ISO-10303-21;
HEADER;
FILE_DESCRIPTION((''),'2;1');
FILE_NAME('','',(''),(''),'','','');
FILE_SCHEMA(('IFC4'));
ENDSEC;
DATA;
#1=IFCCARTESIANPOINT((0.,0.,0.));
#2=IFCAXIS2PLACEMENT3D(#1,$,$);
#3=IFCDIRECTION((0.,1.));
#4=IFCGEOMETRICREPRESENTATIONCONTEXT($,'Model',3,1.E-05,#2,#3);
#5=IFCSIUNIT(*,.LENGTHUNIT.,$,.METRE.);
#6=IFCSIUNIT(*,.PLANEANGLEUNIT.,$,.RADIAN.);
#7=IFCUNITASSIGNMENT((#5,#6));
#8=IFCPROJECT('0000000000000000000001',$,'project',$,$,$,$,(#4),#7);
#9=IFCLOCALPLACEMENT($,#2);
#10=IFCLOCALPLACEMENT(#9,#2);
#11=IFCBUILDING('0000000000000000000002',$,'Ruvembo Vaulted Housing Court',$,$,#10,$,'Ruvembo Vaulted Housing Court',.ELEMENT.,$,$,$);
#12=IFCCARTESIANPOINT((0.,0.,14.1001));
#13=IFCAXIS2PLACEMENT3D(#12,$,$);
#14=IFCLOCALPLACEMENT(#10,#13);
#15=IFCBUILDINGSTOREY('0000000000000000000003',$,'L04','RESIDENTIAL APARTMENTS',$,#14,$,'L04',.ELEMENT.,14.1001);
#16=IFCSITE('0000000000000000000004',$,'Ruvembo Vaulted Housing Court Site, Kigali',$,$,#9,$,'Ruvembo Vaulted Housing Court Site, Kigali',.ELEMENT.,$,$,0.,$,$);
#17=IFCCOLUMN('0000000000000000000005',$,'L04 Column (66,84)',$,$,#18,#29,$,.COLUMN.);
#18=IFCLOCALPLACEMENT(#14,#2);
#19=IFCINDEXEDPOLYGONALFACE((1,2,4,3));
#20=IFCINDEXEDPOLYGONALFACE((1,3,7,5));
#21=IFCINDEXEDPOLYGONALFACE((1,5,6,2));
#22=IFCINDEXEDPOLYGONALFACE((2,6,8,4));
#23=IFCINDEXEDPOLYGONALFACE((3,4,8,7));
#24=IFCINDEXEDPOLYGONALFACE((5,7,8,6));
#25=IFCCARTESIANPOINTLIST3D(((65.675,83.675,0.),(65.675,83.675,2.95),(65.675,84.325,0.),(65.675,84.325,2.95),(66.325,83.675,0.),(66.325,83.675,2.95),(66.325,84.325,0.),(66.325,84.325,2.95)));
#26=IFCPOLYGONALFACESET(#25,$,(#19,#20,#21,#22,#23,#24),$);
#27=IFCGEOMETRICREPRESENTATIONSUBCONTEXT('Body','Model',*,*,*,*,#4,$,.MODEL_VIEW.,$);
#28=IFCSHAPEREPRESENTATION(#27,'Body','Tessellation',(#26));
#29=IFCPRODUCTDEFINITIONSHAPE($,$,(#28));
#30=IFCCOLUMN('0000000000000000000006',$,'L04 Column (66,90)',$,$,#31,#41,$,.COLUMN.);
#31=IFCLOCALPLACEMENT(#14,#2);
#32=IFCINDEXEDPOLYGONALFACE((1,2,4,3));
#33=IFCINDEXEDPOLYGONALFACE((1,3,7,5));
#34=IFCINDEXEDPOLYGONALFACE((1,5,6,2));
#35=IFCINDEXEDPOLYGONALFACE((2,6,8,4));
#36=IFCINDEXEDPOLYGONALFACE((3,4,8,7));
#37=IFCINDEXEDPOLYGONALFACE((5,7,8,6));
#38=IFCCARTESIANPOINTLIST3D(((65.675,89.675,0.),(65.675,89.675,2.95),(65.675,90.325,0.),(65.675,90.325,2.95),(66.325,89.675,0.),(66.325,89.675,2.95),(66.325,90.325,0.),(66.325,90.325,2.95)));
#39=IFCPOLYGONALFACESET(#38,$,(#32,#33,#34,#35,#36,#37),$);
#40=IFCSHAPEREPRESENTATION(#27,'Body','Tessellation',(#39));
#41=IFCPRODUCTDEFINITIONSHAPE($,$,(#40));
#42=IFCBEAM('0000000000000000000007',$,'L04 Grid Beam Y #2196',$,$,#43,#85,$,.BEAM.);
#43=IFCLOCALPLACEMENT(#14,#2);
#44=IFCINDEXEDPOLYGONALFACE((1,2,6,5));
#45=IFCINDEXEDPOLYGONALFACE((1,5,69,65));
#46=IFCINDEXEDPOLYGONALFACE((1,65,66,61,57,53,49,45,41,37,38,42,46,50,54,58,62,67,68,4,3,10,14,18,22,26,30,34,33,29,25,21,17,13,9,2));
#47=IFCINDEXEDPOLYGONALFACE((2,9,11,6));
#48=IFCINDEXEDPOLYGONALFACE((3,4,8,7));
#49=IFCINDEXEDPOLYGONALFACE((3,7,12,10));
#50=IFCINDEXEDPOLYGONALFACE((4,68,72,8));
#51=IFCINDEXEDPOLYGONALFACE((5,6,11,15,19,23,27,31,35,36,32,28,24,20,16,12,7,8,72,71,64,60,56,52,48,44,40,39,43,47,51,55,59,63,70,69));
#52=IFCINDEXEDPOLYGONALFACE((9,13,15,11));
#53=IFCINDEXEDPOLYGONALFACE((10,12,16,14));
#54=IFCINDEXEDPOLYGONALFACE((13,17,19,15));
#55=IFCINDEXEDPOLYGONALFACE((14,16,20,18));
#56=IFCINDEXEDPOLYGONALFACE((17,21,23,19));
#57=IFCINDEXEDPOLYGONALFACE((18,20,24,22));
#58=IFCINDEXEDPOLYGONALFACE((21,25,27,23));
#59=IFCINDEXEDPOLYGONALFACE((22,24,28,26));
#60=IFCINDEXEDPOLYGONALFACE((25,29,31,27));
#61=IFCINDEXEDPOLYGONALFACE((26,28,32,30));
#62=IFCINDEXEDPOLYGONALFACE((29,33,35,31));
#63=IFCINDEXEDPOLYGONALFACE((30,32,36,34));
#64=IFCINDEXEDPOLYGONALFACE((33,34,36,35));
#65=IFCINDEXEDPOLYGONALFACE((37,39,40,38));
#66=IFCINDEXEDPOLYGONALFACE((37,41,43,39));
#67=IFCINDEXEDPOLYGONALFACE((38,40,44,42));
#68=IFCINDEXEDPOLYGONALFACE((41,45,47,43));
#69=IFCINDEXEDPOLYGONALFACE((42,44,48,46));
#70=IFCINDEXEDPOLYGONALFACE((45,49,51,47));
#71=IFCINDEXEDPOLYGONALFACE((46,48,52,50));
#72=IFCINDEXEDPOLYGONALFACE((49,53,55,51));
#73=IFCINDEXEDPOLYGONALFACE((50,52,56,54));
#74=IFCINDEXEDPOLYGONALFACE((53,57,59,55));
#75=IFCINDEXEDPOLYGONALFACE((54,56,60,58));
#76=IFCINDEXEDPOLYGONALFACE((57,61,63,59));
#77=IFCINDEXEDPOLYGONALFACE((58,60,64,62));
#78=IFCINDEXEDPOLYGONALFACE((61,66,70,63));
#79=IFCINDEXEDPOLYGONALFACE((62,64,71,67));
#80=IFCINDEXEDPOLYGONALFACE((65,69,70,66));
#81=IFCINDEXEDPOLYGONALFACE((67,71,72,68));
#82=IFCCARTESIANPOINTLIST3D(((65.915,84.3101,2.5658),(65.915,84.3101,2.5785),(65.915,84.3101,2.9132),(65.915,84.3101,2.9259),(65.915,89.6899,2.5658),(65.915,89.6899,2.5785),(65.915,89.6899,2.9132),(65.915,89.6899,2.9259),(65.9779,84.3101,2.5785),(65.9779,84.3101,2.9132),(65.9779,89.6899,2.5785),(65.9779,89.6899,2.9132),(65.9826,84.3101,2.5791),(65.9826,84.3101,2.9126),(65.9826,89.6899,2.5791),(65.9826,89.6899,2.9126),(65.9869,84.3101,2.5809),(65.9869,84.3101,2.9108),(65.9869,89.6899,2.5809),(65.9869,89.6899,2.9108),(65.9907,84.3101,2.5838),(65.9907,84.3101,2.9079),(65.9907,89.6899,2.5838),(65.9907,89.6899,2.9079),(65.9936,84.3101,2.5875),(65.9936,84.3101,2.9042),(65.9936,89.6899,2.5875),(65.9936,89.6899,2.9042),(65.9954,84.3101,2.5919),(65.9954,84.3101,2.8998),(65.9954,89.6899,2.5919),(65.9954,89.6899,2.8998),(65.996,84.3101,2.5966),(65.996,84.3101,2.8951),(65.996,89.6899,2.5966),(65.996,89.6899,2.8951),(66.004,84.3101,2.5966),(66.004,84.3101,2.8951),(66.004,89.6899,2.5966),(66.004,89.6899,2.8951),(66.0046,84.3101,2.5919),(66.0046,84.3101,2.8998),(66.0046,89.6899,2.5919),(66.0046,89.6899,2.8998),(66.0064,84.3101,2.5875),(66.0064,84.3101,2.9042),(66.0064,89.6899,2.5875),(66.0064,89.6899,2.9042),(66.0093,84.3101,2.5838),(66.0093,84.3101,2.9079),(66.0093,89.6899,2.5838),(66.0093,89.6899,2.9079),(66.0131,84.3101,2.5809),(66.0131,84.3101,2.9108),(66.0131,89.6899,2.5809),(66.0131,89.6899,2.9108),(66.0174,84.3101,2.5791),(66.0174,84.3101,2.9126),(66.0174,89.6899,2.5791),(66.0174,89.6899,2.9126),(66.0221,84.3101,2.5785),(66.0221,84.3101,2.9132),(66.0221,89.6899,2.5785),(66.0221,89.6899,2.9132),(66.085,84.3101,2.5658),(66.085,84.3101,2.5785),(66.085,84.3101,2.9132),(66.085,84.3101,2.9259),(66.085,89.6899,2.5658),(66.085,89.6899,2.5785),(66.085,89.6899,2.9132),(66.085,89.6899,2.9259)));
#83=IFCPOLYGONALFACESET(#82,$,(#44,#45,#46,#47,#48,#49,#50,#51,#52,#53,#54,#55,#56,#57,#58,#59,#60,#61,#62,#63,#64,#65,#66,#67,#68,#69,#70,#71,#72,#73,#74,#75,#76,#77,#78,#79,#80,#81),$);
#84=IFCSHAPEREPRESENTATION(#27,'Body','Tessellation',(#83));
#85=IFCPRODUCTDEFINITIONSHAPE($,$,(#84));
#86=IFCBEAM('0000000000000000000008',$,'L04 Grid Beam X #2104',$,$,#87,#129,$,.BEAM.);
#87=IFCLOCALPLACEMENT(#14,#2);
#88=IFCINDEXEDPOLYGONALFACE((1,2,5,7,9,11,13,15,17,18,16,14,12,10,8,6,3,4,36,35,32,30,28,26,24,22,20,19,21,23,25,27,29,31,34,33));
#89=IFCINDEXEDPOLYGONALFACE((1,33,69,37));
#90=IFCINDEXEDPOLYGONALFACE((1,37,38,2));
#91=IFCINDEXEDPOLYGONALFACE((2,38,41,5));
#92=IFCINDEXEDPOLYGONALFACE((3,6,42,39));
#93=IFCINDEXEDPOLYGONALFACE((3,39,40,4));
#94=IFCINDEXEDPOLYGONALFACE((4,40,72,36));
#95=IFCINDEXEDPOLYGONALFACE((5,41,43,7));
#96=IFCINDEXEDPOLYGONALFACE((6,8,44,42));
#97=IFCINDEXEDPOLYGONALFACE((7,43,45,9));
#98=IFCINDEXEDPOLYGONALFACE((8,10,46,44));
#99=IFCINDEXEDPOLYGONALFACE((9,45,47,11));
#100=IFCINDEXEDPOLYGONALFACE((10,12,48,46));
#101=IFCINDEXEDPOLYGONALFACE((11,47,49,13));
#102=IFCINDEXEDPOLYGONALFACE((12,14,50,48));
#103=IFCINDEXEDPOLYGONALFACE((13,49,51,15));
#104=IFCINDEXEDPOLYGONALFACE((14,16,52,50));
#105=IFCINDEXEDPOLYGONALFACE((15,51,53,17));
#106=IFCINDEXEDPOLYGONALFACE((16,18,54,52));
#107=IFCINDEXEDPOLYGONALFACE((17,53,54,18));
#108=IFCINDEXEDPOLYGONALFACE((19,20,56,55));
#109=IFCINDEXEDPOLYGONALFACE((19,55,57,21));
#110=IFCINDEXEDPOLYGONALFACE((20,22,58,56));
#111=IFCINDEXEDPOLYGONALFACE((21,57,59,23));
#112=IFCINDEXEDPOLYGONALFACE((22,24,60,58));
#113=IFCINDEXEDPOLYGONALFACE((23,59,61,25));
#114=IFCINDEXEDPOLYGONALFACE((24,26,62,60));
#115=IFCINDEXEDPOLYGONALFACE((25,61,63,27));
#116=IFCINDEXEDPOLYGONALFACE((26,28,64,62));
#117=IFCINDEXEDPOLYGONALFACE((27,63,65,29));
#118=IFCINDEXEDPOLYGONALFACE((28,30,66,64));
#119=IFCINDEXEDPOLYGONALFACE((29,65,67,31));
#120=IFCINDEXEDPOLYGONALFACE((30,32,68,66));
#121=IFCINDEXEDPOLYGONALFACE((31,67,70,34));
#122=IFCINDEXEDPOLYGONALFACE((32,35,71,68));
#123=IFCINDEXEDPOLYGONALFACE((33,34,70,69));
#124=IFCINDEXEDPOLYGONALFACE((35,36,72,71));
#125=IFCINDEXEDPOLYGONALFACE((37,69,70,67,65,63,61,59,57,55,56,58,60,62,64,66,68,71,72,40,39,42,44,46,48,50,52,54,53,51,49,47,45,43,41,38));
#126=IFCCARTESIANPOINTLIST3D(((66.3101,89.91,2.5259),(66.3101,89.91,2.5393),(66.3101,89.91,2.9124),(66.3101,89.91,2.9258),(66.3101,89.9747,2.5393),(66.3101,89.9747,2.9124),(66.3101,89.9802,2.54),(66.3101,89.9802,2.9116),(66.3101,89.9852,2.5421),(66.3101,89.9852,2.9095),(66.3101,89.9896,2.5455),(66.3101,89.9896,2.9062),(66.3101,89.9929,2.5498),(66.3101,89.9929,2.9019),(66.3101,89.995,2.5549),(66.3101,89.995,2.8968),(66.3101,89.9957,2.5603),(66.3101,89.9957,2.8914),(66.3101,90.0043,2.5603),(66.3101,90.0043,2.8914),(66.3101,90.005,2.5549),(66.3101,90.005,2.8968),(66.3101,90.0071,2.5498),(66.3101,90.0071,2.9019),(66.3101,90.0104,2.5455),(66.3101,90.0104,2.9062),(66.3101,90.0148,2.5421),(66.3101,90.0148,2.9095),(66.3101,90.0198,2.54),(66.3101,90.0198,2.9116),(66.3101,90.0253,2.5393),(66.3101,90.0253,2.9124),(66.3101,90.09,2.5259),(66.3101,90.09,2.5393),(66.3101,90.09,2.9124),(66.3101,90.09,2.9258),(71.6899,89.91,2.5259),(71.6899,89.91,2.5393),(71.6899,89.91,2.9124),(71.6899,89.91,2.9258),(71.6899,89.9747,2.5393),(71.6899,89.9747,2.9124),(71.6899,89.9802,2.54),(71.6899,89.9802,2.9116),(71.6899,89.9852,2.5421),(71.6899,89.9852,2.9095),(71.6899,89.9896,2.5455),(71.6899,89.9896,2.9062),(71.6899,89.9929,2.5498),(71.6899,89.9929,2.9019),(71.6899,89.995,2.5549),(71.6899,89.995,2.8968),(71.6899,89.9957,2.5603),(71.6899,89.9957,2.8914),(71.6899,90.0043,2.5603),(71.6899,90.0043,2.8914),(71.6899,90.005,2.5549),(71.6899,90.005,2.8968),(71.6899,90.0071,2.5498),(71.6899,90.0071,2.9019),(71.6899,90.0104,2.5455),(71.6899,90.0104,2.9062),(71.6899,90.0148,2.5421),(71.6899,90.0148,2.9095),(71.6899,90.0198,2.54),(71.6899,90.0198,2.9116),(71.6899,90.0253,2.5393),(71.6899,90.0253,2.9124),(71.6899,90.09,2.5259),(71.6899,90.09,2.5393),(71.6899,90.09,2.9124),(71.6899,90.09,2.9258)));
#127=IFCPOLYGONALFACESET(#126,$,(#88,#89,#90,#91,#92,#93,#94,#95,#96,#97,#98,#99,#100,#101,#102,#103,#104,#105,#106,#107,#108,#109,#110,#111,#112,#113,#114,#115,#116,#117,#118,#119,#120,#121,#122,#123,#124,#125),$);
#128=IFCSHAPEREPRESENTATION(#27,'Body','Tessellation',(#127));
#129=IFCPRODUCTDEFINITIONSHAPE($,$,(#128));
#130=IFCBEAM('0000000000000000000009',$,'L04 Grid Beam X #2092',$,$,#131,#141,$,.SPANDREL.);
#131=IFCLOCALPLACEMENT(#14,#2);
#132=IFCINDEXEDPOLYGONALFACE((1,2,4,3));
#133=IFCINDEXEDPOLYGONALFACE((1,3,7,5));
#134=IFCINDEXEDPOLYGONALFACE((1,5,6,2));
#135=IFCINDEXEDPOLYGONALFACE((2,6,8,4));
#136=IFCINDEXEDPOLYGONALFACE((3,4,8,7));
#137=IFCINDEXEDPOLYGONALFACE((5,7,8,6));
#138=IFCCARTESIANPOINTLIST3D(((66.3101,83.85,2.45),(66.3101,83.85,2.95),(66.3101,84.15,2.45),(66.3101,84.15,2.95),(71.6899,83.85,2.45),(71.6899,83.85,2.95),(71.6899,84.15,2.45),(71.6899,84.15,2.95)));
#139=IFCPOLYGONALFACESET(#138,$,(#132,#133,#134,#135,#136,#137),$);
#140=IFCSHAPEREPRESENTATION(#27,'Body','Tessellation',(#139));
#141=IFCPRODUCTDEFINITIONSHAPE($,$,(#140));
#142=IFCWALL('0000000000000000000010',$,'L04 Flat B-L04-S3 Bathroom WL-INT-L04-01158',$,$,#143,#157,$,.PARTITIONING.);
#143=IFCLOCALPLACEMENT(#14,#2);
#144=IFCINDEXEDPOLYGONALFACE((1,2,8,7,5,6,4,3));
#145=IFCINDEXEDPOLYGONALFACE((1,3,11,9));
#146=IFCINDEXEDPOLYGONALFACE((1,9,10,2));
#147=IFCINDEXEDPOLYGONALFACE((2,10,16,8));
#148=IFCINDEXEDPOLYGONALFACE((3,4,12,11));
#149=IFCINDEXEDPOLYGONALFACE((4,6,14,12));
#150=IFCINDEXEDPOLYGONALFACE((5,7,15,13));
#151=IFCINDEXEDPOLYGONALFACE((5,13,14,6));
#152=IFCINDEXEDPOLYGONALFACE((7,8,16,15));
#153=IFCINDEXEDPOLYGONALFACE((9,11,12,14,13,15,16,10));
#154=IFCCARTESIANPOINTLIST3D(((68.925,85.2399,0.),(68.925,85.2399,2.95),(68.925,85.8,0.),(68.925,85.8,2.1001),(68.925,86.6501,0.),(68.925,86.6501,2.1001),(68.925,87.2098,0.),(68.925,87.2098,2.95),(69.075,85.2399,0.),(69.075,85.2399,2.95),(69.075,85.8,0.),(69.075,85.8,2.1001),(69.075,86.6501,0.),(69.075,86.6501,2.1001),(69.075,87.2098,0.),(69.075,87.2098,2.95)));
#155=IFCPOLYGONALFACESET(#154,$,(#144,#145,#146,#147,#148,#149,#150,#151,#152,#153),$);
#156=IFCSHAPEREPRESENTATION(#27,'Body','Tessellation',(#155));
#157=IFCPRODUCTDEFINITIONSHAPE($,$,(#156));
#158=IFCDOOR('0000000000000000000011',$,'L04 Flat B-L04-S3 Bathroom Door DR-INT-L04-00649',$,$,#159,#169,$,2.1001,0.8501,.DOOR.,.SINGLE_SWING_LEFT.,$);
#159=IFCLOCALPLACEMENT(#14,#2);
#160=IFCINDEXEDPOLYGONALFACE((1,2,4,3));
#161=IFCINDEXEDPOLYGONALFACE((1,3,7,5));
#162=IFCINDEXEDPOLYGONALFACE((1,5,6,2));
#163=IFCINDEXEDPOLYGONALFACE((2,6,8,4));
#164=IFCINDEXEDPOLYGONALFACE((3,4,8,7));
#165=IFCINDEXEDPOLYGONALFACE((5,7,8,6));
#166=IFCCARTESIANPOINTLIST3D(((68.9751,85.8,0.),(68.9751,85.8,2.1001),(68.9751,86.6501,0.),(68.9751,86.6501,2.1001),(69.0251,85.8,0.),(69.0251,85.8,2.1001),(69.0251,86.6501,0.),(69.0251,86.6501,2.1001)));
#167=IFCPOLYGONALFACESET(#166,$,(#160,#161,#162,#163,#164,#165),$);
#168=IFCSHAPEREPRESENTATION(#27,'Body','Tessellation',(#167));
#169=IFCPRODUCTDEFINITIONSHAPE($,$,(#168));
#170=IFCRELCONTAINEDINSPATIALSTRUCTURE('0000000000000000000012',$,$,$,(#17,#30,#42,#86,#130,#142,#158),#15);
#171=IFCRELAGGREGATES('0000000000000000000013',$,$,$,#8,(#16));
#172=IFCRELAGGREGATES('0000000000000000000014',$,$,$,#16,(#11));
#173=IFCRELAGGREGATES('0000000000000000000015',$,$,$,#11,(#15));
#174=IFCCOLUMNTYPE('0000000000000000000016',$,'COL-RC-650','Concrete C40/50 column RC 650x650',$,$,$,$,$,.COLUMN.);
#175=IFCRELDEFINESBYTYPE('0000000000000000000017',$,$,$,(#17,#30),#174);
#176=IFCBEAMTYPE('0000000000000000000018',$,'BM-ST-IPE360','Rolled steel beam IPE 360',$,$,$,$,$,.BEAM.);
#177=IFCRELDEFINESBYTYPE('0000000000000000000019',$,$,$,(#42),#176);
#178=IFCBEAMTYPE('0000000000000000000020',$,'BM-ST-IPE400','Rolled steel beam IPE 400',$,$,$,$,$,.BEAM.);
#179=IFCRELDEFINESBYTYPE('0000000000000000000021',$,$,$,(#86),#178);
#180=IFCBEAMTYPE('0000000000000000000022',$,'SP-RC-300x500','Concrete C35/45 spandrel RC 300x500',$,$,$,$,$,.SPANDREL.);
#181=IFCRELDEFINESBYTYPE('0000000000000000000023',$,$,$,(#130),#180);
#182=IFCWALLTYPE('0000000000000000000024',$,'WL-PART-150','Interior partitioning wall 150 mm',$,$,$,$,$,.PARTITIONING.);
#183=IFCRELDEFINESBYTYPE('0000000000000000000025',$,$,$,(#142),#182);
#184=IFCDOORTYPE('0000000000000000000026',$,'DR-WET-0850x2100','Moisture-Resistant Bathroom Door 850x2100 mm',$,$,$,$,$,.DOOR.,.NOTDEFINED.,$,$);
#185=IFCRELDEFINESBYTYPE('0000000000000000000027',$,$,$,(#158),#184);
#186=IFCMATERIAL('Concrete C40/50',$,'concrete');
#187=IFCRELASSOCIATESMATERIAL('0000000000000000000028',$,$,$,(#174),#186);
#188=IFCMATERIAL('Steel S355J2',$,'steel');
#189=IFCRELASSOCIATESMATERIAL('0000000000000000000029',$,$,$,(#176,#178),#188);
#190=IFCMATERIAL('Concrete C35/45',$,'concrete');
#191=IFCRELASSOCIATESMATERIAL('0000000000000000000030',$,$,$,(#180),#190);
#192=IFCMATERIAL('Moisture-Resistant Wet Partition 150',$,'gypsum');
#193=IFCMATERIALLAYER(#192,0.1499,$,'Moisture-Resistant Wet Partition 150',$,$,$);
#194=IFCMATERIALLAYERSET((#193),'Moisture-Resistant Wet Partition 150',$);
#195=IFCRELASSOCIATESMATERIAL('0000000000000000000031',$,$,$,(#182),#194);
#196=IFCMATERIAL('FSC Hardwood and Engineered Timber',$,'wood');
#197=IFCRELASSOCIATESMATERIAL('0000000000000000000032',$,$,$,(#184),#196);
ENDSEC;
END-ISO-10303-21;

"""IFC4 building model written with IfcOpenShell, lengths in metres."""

from ifc_helpers import new_model, si_unit, direction, frame, frame_2d, origin, origin_2d, place, context, subcontext, project, spatial, rectangle, i_section, extrude, material, layer, layer_set, material_profile, profile_set, type_object, element, fill, save


model = new_model("IFC4")

# Units and contexts
model_context = context("Model", 3, precision=1e-05, world=origin(), true_north=direction((0.0, 1.0)))
body_context = subcontext(model_context, "Body", "Model", "MODEL_VIEW")
ifc_project = project(units=[si_unit("LENGTHUNIT", "METRE"), si_unit("PLANEANGLEUNIT", "RADIAN")], contexts=[model_context])

# Site, building, storey
site_placement = place(None, origin())
site = spatial("IfcSite", under=ifc_project, at=site_placement, Name="Ruvembo Vaulted Housing Court Site, Kigali", LongName="Ruvembo Vaulted Housing Court Site, Kigali", CompositionType="ELEMENT", RefElevation=0.0)
building_placement = place(site_placement, origin())
building = spatial("IfcBuilding", under=site, at=building_placement, Name="Ruvembo Vaulted Housing Court", LongName="Ruvembo Vaulted Housing Court", CompositionType="ELEMENT")
storey_placement = place(building_placement, frame((0.0, 0.0, 14.1001)))
storey = spatial("IfcBuildingStorey", under=building, at=storey_placement, Name="L04", Description="RESIDENTIAL APARTMENTS", LongName="L04", CompositionType="ELEMENT", Elevation=14.1001)

# Columns
ifc_material_1 = material(Name="Concrete C40/50", Category="concrete")
ifc_material_profile_1 = material_profile(ifc_material_1, rectangle(XDim=0.6499, YDim=0.6499, at=origin_2d()), Name="RC 650x650")
ifc_profile_set_1 = profile_set([ifc_material_profile_1], Name="Concrete C40/50")
column_type = type_object("IfcColumnType", Name="COL-RC-650", Description="Concrete C40/50 column RC 650x650", PredefinedType="COLUMN", material=ifc_profile_set_1)
for number, where, z_axis, x_axis, name in (
    (1, (66.0, 84.0, 0.0), (0.0, 0.0, 1.0), (1.0, 0.0, 0.0), "L04 Column (66,84)"),
    (2, (66.0, 90.0, 0.0), (0.0, 0.0, 1.0), (1.0, 0.0, 0.0), "L04 Column (66,90)"),
):
    element("IfcColumn", number, at=place(storey_placement, frame(where, z_axis=z_axis, x_axis=x_axis)), inside=storey, type_object=column_type, Name=name, PredefinedType="COLUMN", context=body_context, shape_type="SweptSolid", body=[
        extrude(rectangle(XDim=0.6499, YDim=0.6499, at=origin_2d()), origin(), (0.0, 0.0, 1.0), 2.95),
    ])

# Beams
ifc_material_2 = material(Name="Steel S355J2", Category="steel")
ifc_material_profile_2 = material_profile(ifc_material_2, i_section(OverallWidth=0.1699, OverallDepth=0.3601, WebThickness=0.0081, FlangeThickness=0.0127, FilletRadius=0.0181, at=origin_2d()), Name="IPE 360")
ifc_profile_set_2 = profile_set([ifc_material_profile_2], Name="Steel S355J2")
beam_type_1 = type_object("IfcBeamType", Name="BM-ST-IPE360", Description="Rolled steel beam IPE 360", PredefinedType="BEAM", material=ifc_profile_set_2)
beam_1_placement = place(storey_placement, frame((66.0, 84.3101, 2.7458), z_axis=(0.0, 1.0, 0.0), x_axis=(-1.0, 0.0, 0.0)))
element("IfcBeam", 3, at=beam_1_placement, inside=storey, type_object=beam_type_1, Name="L04 Grid Beam Y #2196", PredefinedType="BEAM", context=body_context, shape_type="SweptSolid", body=[
    extrude(i_section(OverallWidth=0.1699, OverallDepth=0.3601, WebThickness=0.0081, FlangeThickness=0.0127, FilletRadius=0.0181, at=origin_2d()), origin(), (0.0, 0.0, 1.0), 5.3799),
])
ifc_material_profile_3 = material_profile(ifc_material_2, i_section(OverallWidth=0.1799, OverallDepth=0.3999, WebThickness=0.0085, FlangeThickness=0.0134, FilletRadius=0.021, at=origin_2d()), Name="IPE 400")
ifc_profile_set_3 = profile_set([ifc_material_profile_3], Name="Steel S355J2")
beam_type_2 = type_object("IfcBeamType", Name="BM-ST-IPE400", Description="Rolled steel beam IPE 400", PredefinedType="BEAM", material=ifc_profile_set_3)
beam_2_placement = place(storey_placement, frame((66.3101, 90.0, 2.7258), z_axis=(1.0, 0.0, 0.0), x_axis=(0.0, 1.0, 0.0)))
element("IfcBeam", 4, at=beam_2_placement, inside=storey, type_object=beam_type_2, Name="L04 Grid Beam X #2104", PredefinedType="BEAM", context=body_context, shape_type="SweptSolid", body=[
    extrude(i_section(OverallWidth=0.1799, OverallDepth=0.3999, WebThickness=0.0085, FlangeThickness=0.0134, FilletRadius=0.021, at=origin_2d()), origin(), (0.0, 0.0, 1.0), 5.3799),
])
ifc_material_3 = material(Name="Concrete C35/45", Category="concrete")
ifc_material_profile_4 = material_profile(ifc_material_3, rectangle(XDim=0.3, YDim=0.5, at=origin_2d()), Name="RC 300x500")
ifc_profile_set_4 = profile_set([ifc_material_profile_4], Name="Concrete C35/45")
beam_type_3 = type_object("IfcBeamType", Name="SP-RC-300x500", Description="Concrete C35/45 spandrel RC 300x500", PredefinedType="SPANDREL", material=ifc_profile_set_4)
beam_3_placement = place(storey_placement, frame((66.3101, 84.0, 2.7), z_axis=(1.0, 0.0, 0.0), x_axis=(0.0, 1.0, 0.0)))
element("IfcBeam", 5, at=beam_3_placement, inside=storey, type_object=beam_type_3, Name="L04 Grid Beam X #2092", PredefinedType="SPANDREL", context=body_context, shape_type="SweptSolid", body=[
    extrude(rectangle(XDim=0.3, YDim=0.5, at=origin_2d()), origin(), (0.0, 0.0, 1.0), 5.3799),
])

# Wall, opening, door
ifc_material_4 = material(Name="FSC Hardwood and Engineered Timber", Category="wood")
ifc_material_5 = material(Name="Moisture-Resistant Wet Partition 150", Category="gypsum")
ifc_layer_1 = layer(ifc_material_5, 0.1499, Name="Moisture-Resistant Wet Partition 150")
ifc_layer_set_1 = layer_set([ifc_layer_1], Name="Moisture-Resistant Wet Partition 150")
wall_type_1 = type_object("IfcWallType", Name="WL-PART-150", Description="Interior partitioning wall 150 mm", PredefinedType="PARTITIONING", material=ifc_layer_set_1)
wall_1_placement = place(storey_placement, frame((69.0, 85.24, 0.0), z_axis=(0.0, 0.0, 1.0), x_axis=(0.0, 1.0, 0.0)))
wall_1 = element("IfcWall", 6, at=wall_1_placement, inside=storey, type_object=wall_type_1, Name="L04 Flat B-L04-S3 Bathroom WL-INT-L04-01158", PredefinedType="PARTITIONING", context=body_context, shape_type="SweptSolid", body=[
    extrude(rectangle(XDim=1.97, YDim=0.1499, at=frame_2d((0.9849, 0.0))), origin(), (0.0, 0.0, 1.0), 2.95),
])
opening_1_placement = place(wall_1_placement, frame((0.5601, 0.0, 0.0)))
opening_1 = element("IfcOpeningElement", 7, at=opening_1_placement, cuts=wall_1, PredefinedType="OPENING", context=body_context, shape_type="SweptSolid", body=[
    extrude(rectangle(XDim=0.8501, YDim=2.1001, at=frame_2d((0.425, 1.05))), frame((0.0, 0.085, 0.0), z_axis=(0.0, -1.0, 0.0), x_axis=(1.0, 0.0, 0.0)), (0.0, 0.0, 1.0), 0.1699),
])
door_type_1 = type_object("IfcDoorType", Name="DR-WET-0850x2100", Description="Moisture-Resistant Bathroom Door 850x2100 mm", OperationType="NOTDEFINED", PredefinedType="DOOR", material=ifc_material_4)
door_1_placement = place(opening_1_placement, origin())
door_1 = element("IfcDoor", 8, at=door_1_placement, inside=storey, type_object=door_type_1, Name="L04 Flat B-L04-S3 Bathroom Door DR-INT-L04-00649", OperationType="SINGLE_SWING_LEFT", OverallHeight=2.1001, OverallWidth=0.8501, PredefinedType="DOOR", context=body_context, shape_type="SweptSolid", body=[
    extrude(rectangle(XDim=0.8501, YDim=2.1001, at=frame_2d((0.425, 1.05))), frame((0.0, 0.0249, 0.0), z_axis=(0.0, -1.0, 0.0), x_axis=(1.0, 0.0, 0.0)), (0.0, 0.0, 1.0), 0.05),
])
fill(opening_1, door_1)

save(model, "model.ifc")
